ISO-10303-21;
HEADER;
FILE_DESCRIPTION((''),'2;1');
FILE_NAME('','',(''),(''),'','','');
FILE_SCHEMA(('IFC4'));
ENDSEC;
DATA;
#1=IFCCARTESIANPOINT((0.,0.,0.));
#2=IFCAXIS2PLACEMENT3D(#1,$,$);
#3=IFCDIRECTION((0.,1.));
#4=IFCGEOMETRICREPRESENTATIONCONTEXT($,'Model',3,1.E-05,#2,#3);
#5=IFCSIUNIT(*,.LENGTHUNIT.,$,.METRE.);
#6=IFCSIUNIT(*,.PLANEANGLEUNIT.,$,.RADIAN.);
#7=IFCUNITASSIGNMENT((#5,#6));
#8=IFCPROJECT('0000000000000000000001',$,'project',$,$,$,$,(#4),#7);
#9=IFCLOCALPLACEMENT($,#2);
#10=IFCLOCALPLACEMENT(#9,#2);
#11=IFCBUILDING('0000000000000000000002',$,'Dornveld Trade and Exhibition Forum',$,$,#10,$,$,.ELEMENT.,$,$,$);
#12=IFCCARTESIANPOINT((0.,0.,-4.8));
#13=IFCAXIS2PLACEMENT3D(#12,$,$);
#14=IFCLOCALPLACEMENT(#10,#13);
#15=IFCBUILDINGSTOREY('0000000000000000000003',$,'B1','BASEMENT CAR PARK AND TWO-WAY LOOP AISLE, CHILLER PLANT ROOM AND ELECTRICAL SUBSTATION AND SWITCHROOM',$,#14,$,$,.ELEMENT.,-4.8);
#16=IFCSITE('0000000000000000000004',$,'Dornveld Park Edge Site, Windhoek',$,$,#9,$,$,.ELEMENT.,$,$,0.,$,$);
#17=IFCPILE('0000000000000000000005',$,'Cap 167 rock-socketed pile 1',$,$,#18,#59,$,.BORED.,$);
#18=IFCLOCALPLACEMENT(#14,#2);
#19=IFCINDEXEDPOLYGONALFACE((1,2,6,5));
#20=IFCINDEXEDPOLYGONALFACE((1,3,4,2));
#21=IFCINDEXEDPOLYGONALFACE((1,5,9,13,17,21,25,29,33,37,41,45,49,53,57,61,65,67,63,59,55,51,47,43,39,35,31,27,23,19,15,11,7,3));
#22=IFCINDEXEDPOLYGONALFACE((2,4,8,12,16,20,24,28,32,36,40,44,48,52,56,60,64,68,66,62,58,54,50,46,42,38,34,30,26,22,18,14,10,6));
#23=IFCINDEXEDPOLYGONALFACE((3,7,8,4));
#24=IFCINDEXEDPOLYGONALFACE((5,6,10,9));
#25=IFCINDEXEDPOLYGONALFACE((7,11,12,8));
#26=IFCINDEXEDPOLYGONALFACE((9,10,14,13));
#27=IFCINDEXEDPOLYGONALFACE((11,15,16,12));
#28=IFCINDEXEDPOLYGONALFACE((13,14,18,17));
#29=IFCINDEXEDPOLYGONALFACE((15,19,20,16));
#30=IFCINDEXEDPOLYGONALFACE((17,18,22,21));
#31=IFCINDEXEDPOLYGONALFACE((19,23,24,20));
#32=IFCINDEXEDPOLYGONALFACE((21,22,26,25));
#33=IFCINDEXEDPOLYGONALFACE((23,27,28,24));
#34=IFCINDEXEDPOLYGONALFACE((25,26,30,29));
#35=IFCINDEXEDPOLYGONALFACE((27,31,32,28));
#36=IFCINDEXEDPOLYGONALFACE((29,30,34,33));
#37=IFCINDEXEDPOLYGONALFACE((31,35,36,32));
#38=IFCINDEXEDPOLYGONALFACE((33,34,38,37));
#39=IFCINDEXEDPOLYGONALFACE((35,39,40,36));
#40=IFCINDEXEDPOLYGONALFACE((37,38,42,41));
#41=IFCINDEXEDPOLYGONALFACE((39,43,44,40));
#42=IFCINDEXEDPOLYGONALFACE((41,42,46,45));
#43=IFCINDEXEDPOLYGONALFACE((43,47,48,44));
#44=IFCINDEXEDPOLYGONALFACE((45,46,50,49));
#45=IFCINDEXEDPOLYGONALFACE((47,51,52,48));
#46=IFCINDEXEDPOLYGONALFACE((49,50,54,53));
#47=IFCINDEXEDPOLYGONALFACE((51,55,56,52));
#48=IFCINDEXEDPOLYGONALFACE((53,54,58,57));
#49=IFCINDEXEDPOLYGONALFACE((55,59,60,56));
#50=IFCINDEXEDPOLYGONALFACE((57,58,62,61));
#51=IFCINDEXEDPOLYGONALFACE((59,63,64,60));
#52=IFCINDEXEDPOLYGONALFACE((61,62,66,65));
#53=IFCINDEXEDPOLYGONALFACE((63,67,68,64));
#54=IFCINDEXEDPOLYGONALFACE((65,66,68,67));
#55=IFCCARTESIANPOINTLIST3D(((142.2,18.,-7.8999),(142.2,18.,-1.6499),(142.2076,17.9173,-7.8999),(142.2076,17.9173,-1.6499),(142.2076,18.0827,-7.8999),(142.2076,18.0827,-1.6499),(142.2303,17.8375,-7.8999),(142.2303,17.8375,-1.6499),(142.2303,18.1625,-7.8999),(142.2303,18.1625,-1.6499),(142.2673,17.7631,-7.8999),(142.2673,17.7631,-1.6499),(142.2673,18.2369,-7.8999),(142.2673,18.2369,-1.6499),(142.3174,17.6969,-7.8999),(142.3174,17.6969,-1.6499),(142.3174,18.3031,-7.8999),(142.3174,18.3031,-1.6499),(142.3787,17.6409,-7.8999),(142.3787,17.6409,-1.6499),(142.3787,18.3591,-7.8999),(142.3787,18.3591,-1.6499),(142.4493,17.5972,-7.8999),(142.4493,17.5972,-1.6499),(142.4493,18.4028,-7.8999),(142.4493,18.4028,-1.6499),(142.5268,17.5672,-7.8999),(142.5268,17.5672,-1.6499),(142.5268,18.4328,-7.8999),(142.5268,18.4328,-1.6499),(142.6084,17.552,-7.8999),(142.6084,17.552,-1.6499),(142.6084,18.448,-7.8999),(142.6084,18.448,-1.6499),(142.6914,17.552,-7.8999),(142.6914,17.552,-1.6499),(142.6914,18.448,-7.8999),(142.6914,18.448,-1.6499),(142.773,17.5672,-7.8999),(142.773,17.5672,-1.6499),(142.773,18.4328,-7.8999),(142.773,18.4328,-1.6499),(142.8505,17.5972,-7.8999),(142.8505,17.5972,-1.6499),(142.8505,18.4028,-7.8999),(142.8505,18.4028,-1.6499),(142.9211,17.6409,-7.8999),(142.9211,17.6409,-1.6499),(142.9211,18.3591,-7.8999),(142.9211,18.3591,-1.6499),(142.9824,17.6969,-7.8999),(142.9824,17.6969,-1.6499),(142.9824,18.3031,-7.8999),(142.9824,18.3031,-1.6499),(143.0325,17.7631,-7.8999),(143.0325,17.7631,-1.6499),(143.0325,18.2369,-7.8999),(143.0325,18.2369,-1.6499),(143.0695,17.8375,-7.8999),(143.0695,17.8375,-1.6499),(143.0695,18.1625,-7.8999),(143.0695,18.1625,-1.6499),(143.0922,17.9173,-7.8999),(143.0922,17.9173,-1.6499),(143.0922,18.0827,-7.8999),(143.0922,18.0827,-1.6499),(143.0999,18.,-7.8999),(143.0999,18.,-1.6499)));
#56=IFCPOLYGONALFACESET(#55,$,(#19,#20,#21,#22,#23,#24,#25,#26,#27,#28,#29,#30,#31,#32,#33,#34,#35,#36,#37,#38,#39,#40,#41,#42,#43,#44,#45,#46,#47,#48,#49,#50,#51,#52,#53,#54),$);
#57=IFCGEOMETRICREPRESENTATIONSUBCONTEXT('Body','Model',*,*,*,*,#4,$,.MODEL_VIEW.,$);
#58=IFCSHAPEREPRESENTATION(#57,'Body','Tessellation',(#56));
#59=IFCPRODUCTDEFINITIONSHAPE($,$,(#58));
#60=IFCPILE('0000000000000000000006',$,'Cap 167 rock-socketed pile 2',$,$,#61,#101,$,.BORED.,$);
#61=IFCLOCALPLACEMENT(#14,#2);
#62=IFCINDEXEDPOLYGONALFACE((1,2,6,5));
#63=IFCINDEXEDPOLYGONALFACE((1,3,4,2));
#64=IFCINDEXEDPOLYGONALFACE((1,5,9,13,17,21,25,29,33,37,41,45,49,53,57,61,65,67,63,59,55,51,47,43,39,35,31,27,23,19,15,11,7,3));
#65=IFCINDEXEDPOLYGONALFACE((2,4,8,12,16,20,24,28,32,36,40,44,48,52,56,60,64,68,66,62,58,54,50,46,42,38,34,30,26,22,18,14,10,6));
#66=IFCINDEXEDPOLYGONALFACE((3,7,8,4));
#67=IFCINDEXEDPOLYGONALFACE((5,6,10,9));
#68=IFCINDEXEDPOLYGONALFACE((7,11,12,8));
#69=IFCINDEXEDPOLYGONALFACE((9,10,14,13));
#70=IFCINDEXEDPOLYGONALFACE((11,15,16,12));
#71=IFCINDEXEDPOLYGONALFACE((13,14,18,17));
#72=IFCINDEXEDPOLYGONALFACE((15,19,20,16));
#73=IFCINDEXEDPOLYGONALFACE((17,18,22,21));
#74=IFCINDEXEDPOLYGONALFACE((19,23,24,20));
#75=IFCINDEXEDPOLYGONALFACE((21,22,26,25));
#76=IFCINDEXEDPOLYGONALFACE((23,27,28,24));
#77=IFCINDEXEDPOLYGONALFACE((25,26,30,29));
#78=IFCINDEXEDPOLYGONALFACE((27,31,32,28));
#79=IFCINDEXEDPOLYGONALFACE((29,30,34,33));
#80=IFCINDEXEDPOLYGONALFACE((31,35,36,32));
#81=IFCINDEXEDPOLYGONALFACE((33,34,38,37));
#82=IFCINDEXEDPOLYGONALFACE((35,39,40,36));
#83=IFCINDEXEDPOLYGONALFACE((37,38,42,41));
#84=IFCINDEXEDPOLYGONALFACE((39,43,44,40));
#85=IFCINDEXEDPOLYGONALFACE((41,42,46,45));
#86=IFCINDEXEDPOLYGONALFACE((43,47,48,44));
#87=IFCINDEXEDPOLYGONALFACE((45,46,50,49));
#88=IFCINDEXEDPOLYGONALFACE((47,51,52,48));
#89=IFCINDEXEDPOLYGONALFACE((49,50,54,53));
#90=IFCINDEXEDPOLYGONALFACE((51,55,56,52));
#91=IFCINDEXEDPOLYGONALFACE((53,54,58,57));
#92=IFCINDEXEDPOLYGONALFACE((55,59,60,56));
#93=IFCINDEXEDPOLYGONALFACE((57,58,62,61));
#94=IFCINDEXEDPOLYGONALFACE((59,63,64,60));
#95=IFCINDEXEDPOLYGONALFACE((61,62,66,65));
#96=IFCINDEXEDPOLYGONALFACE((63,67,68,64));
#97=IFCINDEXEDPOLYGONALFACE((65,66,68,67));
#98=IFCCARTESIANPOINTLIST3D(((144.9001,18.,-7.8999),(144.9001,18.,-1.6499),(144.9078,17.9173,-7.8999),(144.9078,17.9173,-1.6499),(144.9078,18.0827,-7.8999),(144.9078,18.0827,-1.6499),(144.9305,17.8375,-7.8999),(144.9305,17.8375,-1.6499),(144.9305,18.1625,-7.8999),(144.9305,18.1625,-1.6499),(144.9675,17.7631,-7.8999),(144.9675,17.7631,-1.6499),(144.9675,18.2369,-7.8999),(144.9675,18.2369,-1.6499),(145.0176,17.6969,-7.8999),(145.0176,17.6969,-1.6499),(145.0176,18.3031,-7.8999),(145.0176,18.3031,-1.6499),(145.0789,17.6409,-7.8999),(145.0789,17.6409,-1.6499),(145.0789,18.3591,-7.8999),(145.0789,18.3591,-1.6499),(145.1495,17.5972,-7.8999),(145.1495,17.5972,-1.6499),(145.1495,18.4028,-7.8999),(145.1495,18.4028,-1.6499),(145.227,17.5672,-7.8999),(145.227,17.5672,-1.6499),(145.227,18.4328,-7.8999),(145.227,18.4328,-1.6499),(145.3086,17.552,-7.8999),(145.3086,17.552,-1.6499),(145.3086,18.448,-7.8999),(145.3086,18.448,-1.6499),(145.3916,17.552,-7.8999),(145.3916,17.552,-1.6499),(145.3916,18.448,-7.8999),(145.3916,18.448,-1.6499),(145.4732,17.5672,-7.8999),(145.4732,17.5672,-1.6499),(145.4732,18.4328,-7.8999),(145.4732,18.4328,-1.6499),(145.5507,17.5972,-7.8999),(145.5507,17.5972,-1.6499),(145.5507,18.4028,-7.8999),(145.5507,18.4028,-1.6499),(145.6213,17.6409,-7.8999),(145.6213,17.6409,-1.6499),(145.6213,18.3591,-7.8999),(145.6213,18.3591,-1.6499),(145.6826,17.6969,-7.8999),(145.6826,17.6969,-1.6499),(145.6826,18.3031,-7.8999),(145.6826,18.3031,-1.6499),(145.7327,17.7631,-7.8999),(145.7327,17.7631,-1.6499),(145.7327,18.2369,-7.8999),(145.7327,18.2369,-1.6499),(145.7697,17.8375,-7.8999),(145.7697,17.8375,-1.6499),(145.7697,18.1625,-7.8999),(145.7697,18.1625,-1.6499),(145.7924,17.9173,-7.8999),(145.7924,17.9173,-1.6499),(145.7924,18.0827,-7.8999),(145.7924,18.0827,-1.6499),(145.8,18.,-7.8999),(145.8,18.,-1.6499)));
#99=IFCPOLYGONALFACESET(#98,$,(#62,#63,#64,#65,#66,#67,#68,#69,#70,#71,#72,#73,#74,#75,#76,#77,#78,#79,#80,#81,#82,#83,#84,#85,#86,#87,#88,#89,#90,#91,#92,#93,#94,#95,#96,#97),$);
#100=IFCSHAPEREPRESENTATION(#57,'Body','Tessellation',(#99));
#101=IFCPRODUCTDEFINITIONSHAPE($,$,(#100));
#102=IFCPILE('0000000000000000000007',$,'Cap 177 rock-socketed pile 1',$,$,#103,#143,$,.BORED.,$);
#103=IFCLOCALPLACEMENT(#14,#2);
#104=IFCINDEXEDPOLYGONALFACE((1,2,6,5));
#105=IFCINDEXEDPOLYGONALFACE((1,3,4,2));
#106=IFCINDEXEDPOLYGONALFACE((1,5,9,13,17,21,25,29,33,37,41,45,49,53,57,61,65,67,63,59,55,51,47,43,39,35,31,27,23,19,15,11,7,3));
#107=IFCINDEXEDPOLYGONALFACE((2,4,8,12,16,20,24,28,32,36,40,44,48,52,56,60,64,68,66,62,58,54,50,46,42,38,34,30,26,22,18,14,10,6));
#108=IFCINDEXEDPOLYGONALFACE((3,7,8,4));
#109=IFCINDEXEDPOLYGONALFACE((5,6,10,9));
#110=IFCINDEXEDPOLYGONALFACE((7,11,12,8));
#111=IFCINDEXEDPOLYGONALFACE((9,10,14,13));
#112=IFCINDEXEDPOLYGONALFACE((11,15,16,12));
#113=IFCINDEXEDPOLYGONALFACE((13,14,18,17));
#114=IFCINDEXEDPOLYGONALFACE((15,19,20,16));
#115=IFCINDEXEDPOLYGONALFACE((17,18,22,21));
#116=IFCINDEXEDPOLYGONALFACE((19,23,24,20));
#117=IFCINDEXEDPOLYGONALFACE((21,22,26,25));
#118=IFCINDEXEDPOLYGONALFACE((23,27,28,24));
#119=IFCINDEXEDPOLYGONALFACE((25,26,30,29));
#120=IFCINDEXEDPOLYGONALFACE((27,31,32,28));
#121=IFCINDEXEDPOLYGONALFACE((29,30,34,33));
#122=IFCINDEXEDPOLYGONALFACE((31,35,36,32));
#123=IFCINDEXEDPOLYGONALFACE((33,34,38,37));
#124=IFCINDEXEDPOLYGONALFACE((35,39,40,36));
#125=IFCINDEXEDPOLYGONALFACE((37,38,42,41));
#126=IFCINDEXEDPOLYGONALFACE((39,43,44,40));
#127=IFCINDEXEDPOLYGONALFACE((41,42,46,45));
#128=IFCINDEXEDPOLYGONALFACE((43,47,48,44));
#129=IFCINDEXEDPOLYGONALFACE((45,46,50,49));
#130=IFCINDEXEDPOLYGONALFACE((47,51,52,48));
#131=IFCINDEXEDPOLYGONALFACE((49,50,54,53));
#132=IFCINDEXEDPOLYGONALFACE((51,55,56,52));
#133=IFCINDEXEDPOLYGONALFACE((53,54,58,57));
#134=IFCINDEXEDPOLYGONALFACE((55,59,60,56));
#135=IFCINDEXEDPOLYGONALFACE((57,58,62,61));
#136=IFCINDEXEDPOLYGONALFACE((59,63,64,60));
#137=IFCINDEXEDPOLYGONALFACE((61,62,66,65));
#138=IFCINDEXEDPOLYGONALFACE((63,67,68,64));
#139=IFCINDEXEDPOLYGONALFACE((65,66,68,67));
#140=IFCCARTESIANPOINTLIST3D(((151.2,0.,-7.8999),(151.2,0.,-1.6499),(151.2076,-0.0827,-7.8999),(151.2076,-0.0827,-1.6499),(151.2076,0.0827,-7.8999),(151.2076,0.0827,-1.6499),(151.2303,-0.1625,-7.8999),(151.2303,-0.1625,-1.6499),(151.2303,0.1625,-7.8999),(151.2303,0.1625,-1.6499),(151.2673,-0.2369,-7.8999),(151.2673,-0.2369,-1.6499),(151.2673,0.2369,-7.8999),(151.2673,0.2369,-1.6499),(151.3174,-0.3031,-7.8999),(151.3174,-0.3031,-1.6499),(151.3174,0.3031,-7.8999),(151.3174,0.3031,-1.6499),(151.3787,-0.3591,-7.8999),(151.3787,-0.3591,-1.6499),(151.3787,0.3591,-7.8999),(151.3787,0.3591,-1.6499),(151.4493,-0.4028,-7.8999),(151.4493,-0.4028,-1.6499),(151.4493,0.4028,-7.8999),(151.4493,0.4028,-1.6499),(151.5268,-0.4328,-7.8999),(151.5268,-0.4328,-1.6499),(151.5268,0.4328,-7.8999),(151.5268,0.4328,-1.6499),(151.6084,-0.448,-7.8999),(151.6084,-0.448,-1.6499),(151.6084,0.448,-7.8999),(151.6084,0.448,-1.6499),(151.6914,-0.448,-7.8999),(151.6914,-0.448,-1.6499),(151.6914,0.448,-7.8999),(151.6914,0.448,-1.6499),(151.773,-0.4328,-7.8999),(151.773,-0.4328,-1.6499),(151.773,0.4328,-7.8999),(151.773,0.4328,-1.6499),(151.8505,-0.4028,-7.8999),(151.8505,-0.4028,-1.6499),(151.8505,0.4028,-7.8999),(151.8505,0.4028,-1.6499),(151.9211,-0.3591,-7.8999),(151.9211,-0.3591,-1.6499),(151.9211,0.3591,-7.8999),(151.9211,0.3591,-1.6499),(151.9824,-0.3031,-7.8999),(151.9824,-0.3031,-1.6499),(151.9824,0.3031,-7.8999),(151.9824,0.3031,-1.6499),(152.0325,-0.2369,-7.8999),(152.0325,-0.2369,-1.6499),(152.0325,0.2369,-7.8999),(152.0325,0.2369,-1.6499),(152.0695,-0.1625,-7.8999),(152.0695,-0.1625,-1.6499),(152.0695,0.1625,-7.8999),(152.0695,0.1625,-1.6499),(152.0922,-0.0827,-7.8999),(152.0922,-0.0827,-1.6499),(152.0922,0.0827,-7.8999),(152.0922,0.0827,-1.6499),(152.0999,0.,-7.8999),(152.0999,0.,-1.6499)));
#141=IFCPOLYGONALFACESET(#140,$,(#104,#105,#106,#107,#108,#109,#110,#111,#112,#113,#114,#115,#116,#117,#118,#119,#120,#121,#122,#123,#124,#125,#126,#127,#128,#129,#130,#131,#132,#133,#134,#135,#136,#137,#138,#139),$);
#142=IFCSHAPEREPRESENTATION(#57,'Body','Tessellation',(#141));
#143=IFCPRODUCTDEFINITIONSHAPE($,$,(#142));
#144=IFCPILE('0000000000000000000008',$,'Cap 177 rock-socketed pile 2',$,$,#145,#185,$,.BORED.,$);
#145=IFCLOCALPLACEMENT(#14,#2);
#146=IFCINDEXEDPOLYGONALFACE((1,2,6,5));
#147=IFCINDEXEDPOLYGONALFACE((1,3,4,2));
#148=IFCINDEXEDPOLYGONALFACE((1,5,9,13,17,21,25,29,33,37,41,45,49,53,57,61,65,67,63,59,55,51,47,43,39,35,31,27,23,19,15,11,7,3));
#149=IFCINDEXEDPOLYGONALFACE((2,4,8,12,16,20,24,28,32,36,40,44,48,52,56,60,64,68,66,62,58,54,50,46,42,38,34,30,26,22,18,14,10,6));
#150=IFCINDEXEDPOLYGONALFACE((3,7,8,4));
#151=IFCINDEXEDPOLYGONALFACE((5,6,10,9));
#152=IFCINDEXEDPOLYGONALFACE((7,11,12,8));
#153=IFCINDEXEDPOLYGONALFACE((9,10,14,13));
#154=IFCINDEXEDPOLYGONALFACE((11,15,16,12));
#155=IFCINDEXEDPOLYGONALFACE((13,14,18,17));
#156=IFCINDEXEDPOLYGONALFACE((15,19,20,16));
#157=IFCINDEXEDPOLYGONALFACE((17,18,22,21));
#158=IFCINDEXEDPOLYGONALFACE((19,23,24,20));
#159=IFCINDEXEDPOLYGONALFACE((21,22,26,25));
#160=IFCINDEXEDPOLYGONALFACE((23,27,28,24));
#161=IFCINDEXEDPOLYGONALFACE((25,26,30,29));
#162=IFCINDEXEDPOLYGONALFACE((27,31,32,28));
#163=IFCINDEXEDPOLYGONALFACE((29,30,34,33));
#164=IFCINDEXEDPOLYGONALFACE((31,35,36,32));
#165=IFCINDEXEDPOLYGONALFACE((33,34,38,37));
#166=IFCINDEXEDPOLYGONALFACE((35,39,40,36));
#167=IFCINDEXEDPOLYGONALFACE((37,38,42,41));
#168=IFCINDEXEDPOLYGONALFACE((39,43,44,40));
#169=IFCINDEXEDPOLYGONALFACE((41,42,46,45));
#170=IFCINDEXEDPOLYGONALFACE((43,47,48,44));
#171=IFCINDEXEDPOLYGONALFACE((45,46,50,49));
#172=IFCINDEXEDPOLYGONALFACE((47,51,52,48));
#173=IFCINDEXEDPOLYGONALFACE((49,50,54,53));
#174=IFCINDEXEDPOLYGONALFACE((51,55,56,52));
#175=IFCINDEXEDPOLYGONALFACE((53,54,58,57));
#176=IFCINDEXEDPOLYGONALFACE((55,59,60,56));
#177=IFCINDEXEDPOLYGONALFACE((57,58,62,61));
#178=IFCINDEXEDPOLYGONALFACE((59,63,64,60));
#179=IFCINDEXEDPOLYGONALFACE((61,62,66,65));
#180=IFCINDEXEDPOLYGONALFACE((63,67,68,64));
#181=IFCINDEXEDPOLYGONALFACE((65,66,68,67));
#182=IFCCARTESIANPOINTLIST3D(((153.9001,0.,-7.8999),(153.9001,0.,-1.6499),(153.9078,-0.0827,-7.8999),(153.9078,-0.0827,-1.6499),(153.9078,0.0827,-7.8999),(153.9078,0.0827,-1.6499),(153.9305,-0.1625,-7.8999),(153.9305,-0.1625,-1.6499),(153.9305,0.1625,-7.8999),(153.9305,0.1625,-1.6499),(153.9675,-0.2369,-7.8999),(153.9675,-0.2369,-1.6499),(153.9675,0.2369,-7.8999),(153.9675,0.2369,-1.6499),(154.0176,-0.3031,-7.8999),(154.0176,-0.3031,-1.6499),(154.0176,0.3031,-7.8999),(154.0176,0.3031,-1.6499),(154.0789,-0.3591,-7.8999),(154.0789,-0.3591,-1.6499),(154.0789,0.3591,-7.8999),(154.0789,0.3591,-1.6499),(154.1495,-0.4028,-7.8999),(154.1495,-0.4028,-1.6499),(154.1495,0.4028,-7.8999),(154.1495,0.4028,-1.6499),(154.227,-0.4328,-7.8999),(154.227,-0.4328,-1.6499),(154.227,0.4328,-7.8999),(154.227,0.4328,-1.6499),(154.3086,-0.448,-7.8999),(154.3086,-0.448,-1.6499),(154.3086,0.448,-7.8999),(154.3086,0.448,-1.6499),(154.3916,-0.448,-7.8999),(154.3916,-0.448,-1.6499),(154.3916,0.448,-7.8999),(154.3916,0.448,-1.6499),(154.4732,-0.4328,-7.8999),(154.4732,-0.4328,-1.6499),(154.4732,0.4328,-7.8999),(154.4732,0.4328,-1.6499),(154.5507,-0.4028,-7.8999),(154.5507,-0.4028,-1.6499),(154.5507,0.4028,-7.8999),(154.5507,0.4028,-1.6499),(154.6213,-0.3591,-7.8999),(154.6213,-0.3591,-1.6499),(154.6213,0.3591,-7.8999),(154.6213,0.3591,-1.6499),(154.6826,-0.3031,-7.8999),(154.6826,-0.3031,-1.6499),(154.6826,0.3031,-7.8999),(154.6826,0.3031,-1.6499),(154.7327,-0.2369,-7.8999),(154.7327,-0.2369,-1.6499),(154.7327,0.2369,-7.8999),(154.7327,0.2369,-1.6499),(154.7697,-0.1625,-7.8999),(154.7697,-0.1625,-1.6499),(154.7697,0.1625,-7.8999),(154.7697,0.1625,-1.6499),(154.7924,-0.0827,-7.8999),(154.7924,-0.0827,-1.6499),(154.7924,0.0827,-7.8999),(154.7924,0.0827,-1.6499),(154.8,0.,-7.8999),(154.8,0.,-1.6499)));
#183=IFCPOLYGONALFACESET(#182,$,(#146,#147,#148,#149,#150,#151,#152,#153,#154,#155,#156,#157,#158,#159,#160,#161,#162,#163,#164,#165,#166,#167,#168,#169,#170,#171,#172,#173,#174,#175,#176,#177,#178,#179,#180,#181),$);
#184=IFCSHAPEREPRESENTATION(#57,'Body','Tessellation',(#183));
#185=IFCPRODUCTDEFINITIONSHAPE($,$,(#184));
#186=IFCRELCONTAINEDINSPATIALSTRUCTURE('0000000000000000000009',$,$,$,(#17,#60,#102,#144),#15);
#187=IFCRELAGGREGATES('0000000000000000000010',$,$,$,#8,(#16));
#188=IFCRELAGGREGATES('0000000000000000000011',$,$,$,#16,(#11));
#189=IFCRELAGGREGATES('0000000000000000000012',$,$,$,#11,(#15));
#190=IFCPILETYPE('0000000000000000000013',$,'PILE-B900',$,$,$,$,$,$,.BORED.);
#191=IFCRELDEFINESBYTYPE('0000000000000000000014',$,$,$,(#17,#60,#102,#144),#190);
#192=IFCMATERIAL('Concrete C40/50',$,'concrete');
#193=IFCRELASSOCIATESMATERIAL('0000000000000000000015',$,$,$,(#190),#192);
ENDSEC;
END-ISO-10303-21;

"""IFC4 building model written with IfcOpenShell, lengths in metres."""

from ifc_helpers import new_model, si_unit, direction, frame, origin, origin_2d, place, context, subcontext, project, spatial, circle, extrude, material, material_profile, profile_set, type_object, element, save


model = new_model("IFC4")

# Units and contexts
model_context = context("Model", 3, precision=1e-05, world=origin(), true_north=direction((0.0, 1.0)))
body_context = subcontext(model_context, "Body", "Model", "MODEL_VIEW")
ifc_project = project(units=[si_unit("LENGTHUNIT", "METRE"), si_unit("PLANEANGLEUNIT", "RADIAN")], contexts=[model_context])

# Site, building, storey
site_placement = place(None, origin())
site = spatial("IfcSite", under=ifc_project, at=site_placement, Name="Dornveld Park Edge Site, Windhoek", CompositionType="ELEMENT", RefElevation=0.0)
building_placement = place(site_placement, origin())
building = spatial("IfcBuilding", under=site, at=building_placement, Name="Dornveld Trade and Exhibition Forum", CompositionType="ELEMENT")
storey_placement = place(building_placement, frame((0.0, 0.0, -4.8)))
storey = spatial("IfcBuildingStorey", under=building, at=storey_placement, Name="B1", Description="BASEMENT CAR PARK AND TWO-WAY LOOP AISLE, CHILLER PLANT ROOM AND ELECTRICAL SUBSTATION AND SWITCHROOM", CompositionType="ELEMENT", Elevation=-4.8)

# Piles
ifc_material_1 = material(Name="Concrete C40/50", Category="concrete")
ifc_material_profile_1 = material_profile(ifc_material_1, circle(Radius=0.45, at=origin_2d()), Name="PILE D900")
ifc_profile_set_1 = profile_set([ifc_material_profile_1], Name="Concrete C40/50")
pile_type = type_object("IfcPileType", Name="PILE-B900", PredefinedType="BORED", material=ifc_profile_set_1)
for number, where, z_axis, x_axis, name in (
    (1, (142.6499, 18.0, -1.6499), (0.0, 0.0, -1.0), (1.0, 0.0, 0.0), "Cap 167 rock-socketed pile 1"),
    (2, (145.3501, 18.0, -1.6499), (0.0, 0.0, -1.0), (1.0, 0.0, 0.0), "Cap 167 rock-socketed pile 2"),
    (3, (151.6499, 0.0, -1.6499), (0.0, 0.0, -1.0), (1.0, 0.0, 0.0), "Cap 177 rock-socketed pile 1"),
    (4, (154.3501, 0.0, -1.6499), (0.0, 0.0, -1.0), (1.0, 0.0, 0.0), "Cap 177 rock-socketed pile 2"),
):
    element("IfcPile", number, at=place(storey_placement, frame(where, z_axis=z_axis, x_axis=x_axis)), inside=storey, type_object=pile_type, Name=name, PredefinedType="BORED", context=body_context, shape_type="SweptSolid", body=[
        extrude(circle(Radius=0.45, at=origin_2d()), origin(), (0.0, 0.0, 1.0), 6.25),
    ])

save(model, "model.ifc")
